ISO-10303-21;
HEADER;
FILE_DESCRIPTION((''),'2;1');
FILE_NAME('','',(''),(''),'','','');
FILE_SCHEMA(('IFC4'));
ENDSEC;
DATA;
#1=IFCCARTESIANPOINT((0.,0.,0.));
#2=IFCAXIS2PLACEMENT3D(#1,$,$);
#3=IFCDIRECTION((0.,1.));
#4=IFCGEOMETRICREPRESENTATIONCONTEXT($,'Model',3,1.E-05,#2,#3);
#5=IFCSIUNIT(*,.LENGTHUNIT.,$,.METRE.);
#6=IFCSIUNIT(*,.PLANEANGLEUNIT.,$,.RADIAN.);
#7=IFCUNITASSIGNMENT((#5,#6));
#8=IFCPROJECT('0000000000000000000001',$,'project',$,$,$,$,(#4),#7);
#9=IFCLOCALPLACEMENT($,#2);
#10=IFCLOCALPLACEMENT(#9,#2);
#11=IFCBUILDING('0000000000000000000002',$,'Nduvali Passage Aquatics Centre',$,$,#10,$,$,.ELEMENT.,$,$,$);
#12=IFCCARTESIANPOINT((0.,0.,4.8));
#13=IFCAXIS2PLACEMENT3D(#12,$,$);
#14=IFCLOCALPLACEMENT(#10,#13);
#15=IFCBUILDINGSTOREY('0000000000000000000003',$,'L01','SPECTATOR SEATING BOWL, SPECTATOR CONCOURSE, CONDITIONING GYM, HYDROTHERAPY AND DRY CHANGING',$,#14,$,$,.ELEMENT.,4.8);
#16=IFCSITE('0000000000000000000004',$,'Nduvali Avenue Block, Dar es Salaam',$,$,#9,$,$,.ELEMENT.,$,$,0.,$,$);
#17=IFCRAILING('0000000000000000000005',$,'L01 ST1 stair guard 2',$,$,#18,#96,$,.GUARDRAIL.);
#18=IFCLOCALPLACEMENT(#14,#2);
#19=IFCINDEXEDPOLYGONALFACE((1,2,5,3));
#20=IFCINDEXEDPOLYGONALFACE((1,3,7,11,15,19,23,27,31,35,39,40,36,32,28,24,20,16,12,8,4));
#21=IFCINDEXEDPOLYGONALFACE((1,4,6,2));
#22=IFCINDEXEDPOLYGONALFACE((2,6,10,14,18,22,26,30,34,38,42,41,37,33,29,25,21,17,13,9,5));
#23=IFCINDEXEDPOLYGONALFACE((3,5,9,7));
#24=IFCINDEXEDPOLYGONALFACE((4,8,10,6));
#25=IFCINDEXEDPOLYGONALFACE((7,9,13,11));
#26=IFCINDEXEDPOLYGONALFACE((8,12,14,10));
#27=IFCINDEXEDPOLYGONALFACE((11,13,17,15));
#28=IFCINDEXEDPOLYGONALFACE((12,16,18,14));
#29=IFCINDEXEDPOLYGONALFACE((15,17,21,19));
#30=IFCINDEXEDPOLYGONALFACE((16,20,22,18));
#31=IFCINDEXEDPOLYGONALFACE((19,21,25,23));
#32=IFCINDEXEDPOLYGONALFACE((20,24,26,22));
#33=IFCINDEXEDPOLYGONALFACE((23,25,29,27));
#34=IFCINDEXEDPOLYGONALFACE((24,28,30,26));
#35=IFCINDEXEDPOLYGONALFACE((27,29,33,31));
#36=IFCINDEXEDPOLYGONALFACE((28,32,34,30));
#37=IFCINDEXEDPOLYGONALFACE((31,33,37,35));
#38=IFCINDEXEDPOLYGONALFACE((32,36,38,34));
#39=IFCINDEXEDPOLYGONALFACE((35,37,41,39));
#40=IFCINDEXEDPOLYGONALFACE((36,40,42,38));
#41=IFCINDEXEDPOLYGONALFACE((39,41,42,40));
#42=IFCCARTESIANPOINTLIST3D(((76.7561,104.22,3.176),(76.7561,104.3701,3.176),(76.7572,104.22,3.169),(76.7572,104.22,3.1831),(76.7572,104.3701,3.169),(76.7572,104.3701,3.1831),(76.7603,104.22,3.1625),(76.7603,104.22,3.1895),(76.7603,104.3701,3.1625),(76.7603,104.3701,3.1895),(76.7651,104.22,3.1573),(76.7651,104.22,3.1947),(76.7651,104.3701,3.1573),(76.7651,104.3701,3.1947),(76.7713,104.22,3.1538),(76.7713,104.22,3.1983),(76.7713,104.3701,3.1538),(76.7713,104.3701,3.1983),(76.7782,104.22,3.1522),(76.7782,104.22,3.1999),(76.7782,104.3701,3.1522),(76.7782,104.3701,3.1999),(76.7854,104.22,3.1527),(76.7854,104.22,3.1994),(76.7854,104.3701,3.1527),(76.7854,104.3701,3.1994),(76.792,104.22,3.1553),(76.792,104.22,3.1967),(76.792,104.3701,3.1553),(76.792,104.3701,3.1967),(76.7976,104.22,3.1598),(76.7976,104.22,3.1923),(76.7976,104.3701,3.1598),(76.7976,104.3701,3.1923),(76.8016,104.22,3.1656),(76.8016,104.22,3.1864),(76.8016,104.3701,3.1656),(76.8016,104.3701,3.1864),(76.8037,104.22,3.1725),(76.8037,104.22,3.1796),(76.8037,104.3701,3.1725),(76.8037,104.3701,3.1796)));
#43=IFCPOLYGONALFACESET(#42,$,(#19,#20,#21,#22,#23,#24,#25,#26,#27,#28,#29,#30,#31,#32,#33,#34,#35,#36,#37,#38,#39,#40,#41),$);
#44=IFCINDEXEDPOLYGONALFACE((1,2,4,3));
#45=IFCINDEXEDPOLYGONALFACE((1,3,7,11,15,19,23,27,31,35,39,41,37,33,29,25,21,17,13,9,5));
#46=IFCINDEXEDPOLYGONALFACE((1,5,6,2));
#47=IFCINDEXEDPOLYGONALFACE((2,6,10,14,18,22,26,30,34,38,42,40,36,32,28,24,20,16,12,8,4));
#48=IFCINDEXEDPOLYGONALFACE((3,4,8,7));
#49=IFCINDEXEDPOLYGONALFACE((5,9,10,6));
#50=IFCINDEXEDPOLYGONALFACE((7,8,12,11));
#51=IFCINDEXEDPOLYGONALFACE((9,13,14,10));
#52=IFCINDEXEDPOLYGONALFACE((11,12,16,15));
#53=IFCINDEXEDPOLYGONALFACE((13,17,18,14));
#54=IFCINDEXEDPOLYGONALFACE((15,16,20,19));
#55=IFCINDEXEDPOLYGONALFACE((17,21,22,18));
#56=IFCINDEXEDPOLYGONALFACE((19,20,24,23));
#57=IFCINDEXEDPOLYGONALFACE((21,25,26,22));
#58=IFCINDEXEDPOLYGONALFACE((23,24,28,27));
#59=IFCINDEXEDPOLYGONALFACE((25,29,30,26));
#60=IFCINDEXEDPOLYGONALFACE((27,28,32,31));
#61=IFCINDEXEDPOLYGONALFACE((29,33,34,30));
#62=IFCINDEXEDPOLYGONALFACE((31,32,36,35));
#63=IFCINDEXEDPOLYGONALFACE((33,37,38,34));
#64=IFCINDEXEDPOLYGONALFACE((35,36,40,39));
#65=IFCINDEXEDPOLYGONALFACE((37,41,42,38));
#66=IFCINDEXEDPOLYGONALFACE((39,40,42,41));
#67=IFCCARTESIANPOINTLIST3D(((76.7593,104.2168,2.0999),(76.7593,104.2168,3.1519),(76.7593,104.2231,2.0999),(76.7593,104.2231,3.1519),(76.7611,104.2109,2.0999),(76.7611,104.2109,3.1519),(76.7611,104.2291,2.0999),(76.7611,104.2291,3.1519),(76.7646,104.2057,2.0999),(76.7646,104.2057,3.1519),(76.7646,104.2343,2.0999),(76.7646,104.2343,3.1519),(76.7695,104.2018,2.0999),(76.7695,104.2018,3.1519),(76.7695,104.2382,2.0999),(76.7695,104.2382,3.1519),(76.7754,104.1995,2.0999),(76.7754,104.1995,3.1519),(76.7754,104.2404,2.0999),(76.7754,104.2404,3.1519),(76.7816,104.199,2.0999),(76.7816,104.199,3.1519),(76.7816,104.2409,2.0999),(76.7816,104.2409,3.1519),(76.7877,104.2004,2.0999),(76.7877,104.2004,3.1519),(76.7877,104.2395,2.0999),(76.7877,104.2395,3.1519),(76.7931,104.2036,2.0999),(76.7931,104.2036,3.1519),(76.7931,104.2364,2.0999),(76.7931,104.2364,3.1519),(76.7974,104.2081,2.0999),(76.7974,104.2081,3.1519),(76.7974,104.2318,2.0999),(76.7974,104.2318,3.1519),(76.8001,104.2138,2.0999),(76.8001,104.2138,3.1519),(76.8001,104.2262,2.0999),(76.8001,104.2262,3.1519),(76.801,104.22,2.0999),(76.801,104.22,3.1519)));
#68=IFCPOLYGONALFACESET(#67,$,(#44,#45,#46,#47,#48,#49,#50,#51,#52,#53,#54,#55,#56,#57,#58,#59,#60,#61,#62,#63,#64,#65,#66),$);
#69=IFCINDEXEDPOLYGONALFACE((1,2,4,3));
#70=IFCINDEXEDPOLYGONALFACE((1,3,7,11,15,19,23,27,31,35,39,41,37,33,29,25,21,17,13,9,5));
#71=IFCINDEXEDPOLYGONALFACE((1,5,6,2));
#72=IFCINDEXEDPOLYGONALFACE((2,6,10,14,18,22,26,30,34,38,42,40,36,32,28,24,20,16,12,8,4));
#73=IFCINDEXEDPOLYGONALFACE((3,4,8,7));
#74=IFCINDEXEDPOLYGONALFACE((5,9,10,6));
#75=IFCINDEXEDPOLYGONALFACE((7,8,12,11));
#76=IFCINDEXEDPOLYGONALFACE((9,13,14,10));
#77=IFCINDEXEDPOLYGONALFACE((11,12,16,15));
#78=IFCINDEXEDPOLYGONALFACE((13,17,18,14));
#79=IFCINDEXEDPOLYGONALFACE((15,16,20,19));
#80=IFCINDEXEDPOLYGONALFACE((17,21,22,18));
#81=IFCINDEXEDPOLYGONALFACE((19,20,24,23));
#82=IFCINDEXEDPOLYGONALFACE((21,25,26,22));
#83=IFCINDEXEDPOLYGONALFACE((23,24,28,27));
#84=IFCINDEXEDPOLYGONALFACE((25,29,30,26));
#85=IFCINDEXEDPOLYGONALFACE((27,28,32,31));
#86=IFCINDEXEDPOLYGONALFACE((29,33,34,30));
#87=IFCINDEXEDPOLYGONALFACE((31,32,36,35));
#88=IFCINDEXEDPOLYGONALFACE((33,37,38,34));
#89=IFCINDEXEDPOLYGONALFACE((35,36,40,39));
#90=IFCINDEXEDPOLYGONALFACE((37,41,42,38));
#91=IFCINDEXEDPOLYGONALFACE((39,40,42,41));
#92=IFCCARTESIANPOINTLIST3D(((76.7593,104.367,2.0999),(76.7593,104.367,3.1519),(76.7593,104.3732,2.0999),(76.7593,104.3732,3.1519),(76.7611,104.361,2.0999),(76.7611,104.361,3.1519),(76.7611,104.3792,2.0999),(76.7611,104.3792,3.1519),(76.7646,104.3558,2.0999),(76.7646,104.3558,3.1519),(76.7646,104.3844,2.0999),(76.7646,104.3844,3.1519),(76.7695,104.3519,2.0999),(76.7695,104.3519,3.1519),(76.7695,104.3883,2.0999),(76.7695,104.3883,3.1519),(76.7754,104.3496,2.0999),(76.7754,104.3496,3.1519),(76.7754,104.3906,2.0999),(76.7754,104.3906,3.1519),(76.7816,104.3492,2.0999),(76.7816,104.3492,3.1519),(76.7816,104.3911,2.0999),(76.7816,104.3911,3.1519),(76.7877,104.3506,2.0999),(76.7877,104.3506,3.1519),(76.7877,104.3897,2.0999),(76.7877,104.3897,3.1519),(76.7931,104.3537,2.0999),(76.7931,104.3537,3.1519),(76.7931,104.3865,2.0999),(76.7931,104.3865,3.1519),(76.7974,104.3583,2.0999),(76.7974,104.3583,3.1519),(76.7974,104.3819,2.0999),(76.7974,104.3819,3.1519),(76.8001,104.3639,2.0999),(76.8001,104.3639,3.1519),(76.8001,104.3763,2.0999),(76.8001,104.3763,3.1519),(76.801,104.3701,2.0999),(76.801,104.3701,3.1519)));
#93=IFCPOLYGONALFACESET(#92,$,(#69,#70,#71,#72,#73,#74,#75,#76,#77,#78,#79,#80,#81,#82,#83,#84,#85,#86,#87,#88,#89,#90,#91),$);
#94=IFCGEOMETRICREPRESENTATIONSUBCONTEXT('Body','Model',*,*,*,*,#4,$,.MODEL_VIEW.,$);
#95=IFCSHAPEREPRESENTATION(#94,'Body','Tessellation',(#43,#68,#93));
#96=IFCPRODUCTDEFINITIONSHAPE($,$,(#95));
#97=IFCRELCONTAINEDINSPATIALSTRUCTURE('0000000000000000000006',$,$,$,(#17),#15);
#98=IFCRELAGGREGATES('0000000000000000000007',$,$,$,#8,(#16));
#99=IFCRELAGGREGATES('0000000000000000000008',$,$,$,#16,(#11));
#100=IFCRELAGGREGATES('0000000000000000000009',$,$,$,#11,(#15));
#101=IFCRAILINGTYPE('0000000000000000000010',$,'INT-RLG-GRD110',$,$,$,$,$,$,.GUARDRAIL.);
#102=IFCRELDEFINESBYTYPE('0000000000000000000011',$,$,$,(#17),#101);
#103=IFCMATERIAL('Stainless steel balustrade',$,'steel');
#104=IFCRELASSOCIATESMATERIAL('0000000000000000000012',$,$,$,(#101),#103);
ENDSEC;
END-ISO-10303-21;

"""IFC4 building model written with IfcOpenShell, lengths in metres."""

from ifc_helpers import new_model, si_unit, direction, frame, origin, origin_2d, place, context, subcontext, project, spatial, circle, extrude, material, type_object, element, save


model = new_model("IFC4")

# Units and contexts
model_context = context("Model", 3, precision=1e-05, world=origin(), true_north=direction((0.0, 1.0)))
body_context = subcontext(model_context, "Body", "Model", "MODEL_VIEW")
ifc_project = project(units=[si_unit("LENGTHUNIT", "METRE"), si_unit("PLANEANGLEUNIT", "RADIAN")], contexts=[model_context])

# Site, building, storey
site_placement = place(None, origin())
site = spatial("IfcSite", under=ifc_project, at=site_placement, Name="Nduvali Avenue Block, Dar es Salaam", CompositionType="ELEMENT", RefElevation=0.0)
building_placement = place(site_placement, origin())
building = spatial("IfcBuilding", under=site, at=building_placement, Name="Nduvali Passage Aquatics Centre", CompositionType="ELEMENT")
storey_placement = place(building_placement, frame((0.0, 0.0, 4.8)))
storey = spatial("IfcBuildingStorey", under=building, at=storey_placement, Name="L01", Description="SPECTATOR SEATING BOWL, SPECTATOR CONCOURSE, CONDITIONING GYM, HYDROTHERAPY AND DRY CHANGING", CompositionType="ELEMENT", Elevation=4.8)

# Railing
ifc_material_1 = material(Name="Stainless steel balustrade", Category="steel")
railing_type_1 = type_object("IfcRailingType", Name="INT-RLG-GRD110", PredefinedType="GUARDRAIL", material=ifc_material_1)
railing_1_placement = place(storey_placement, frame((76.78, 104.22, 2.0999)))
element("IfcRailing", 1, at=railing_1_placement, inside=storey, type_object=railing_type_1, Name="L01 ST1 stair guard 2", PredefinedType="GUARDRAIL", context=body_context, shape_type="SweptSolid", body=[
    extrude(circle(Radius=0.0239, at=origin_2d()), frame((0.0, 0.0, 1.0762), z_axis=(0.0, 1.0, 0.0), x_axis=(-1.0, 0.0, 0.0)), (0.0, 0.0, 1.0), 0.1501),
    extrude(circle(Radius=0.021, at=origin_2d()), origin(), (0.0, 0.0, 1.0), 1.052),
    extrude(circle(Radius=0.021, at=origin_2d()), frame((0.0, 0.1501, 0.0)), (0.0, 0.0, 1.0), 1.052),
])

save(model, "model.ifc")
